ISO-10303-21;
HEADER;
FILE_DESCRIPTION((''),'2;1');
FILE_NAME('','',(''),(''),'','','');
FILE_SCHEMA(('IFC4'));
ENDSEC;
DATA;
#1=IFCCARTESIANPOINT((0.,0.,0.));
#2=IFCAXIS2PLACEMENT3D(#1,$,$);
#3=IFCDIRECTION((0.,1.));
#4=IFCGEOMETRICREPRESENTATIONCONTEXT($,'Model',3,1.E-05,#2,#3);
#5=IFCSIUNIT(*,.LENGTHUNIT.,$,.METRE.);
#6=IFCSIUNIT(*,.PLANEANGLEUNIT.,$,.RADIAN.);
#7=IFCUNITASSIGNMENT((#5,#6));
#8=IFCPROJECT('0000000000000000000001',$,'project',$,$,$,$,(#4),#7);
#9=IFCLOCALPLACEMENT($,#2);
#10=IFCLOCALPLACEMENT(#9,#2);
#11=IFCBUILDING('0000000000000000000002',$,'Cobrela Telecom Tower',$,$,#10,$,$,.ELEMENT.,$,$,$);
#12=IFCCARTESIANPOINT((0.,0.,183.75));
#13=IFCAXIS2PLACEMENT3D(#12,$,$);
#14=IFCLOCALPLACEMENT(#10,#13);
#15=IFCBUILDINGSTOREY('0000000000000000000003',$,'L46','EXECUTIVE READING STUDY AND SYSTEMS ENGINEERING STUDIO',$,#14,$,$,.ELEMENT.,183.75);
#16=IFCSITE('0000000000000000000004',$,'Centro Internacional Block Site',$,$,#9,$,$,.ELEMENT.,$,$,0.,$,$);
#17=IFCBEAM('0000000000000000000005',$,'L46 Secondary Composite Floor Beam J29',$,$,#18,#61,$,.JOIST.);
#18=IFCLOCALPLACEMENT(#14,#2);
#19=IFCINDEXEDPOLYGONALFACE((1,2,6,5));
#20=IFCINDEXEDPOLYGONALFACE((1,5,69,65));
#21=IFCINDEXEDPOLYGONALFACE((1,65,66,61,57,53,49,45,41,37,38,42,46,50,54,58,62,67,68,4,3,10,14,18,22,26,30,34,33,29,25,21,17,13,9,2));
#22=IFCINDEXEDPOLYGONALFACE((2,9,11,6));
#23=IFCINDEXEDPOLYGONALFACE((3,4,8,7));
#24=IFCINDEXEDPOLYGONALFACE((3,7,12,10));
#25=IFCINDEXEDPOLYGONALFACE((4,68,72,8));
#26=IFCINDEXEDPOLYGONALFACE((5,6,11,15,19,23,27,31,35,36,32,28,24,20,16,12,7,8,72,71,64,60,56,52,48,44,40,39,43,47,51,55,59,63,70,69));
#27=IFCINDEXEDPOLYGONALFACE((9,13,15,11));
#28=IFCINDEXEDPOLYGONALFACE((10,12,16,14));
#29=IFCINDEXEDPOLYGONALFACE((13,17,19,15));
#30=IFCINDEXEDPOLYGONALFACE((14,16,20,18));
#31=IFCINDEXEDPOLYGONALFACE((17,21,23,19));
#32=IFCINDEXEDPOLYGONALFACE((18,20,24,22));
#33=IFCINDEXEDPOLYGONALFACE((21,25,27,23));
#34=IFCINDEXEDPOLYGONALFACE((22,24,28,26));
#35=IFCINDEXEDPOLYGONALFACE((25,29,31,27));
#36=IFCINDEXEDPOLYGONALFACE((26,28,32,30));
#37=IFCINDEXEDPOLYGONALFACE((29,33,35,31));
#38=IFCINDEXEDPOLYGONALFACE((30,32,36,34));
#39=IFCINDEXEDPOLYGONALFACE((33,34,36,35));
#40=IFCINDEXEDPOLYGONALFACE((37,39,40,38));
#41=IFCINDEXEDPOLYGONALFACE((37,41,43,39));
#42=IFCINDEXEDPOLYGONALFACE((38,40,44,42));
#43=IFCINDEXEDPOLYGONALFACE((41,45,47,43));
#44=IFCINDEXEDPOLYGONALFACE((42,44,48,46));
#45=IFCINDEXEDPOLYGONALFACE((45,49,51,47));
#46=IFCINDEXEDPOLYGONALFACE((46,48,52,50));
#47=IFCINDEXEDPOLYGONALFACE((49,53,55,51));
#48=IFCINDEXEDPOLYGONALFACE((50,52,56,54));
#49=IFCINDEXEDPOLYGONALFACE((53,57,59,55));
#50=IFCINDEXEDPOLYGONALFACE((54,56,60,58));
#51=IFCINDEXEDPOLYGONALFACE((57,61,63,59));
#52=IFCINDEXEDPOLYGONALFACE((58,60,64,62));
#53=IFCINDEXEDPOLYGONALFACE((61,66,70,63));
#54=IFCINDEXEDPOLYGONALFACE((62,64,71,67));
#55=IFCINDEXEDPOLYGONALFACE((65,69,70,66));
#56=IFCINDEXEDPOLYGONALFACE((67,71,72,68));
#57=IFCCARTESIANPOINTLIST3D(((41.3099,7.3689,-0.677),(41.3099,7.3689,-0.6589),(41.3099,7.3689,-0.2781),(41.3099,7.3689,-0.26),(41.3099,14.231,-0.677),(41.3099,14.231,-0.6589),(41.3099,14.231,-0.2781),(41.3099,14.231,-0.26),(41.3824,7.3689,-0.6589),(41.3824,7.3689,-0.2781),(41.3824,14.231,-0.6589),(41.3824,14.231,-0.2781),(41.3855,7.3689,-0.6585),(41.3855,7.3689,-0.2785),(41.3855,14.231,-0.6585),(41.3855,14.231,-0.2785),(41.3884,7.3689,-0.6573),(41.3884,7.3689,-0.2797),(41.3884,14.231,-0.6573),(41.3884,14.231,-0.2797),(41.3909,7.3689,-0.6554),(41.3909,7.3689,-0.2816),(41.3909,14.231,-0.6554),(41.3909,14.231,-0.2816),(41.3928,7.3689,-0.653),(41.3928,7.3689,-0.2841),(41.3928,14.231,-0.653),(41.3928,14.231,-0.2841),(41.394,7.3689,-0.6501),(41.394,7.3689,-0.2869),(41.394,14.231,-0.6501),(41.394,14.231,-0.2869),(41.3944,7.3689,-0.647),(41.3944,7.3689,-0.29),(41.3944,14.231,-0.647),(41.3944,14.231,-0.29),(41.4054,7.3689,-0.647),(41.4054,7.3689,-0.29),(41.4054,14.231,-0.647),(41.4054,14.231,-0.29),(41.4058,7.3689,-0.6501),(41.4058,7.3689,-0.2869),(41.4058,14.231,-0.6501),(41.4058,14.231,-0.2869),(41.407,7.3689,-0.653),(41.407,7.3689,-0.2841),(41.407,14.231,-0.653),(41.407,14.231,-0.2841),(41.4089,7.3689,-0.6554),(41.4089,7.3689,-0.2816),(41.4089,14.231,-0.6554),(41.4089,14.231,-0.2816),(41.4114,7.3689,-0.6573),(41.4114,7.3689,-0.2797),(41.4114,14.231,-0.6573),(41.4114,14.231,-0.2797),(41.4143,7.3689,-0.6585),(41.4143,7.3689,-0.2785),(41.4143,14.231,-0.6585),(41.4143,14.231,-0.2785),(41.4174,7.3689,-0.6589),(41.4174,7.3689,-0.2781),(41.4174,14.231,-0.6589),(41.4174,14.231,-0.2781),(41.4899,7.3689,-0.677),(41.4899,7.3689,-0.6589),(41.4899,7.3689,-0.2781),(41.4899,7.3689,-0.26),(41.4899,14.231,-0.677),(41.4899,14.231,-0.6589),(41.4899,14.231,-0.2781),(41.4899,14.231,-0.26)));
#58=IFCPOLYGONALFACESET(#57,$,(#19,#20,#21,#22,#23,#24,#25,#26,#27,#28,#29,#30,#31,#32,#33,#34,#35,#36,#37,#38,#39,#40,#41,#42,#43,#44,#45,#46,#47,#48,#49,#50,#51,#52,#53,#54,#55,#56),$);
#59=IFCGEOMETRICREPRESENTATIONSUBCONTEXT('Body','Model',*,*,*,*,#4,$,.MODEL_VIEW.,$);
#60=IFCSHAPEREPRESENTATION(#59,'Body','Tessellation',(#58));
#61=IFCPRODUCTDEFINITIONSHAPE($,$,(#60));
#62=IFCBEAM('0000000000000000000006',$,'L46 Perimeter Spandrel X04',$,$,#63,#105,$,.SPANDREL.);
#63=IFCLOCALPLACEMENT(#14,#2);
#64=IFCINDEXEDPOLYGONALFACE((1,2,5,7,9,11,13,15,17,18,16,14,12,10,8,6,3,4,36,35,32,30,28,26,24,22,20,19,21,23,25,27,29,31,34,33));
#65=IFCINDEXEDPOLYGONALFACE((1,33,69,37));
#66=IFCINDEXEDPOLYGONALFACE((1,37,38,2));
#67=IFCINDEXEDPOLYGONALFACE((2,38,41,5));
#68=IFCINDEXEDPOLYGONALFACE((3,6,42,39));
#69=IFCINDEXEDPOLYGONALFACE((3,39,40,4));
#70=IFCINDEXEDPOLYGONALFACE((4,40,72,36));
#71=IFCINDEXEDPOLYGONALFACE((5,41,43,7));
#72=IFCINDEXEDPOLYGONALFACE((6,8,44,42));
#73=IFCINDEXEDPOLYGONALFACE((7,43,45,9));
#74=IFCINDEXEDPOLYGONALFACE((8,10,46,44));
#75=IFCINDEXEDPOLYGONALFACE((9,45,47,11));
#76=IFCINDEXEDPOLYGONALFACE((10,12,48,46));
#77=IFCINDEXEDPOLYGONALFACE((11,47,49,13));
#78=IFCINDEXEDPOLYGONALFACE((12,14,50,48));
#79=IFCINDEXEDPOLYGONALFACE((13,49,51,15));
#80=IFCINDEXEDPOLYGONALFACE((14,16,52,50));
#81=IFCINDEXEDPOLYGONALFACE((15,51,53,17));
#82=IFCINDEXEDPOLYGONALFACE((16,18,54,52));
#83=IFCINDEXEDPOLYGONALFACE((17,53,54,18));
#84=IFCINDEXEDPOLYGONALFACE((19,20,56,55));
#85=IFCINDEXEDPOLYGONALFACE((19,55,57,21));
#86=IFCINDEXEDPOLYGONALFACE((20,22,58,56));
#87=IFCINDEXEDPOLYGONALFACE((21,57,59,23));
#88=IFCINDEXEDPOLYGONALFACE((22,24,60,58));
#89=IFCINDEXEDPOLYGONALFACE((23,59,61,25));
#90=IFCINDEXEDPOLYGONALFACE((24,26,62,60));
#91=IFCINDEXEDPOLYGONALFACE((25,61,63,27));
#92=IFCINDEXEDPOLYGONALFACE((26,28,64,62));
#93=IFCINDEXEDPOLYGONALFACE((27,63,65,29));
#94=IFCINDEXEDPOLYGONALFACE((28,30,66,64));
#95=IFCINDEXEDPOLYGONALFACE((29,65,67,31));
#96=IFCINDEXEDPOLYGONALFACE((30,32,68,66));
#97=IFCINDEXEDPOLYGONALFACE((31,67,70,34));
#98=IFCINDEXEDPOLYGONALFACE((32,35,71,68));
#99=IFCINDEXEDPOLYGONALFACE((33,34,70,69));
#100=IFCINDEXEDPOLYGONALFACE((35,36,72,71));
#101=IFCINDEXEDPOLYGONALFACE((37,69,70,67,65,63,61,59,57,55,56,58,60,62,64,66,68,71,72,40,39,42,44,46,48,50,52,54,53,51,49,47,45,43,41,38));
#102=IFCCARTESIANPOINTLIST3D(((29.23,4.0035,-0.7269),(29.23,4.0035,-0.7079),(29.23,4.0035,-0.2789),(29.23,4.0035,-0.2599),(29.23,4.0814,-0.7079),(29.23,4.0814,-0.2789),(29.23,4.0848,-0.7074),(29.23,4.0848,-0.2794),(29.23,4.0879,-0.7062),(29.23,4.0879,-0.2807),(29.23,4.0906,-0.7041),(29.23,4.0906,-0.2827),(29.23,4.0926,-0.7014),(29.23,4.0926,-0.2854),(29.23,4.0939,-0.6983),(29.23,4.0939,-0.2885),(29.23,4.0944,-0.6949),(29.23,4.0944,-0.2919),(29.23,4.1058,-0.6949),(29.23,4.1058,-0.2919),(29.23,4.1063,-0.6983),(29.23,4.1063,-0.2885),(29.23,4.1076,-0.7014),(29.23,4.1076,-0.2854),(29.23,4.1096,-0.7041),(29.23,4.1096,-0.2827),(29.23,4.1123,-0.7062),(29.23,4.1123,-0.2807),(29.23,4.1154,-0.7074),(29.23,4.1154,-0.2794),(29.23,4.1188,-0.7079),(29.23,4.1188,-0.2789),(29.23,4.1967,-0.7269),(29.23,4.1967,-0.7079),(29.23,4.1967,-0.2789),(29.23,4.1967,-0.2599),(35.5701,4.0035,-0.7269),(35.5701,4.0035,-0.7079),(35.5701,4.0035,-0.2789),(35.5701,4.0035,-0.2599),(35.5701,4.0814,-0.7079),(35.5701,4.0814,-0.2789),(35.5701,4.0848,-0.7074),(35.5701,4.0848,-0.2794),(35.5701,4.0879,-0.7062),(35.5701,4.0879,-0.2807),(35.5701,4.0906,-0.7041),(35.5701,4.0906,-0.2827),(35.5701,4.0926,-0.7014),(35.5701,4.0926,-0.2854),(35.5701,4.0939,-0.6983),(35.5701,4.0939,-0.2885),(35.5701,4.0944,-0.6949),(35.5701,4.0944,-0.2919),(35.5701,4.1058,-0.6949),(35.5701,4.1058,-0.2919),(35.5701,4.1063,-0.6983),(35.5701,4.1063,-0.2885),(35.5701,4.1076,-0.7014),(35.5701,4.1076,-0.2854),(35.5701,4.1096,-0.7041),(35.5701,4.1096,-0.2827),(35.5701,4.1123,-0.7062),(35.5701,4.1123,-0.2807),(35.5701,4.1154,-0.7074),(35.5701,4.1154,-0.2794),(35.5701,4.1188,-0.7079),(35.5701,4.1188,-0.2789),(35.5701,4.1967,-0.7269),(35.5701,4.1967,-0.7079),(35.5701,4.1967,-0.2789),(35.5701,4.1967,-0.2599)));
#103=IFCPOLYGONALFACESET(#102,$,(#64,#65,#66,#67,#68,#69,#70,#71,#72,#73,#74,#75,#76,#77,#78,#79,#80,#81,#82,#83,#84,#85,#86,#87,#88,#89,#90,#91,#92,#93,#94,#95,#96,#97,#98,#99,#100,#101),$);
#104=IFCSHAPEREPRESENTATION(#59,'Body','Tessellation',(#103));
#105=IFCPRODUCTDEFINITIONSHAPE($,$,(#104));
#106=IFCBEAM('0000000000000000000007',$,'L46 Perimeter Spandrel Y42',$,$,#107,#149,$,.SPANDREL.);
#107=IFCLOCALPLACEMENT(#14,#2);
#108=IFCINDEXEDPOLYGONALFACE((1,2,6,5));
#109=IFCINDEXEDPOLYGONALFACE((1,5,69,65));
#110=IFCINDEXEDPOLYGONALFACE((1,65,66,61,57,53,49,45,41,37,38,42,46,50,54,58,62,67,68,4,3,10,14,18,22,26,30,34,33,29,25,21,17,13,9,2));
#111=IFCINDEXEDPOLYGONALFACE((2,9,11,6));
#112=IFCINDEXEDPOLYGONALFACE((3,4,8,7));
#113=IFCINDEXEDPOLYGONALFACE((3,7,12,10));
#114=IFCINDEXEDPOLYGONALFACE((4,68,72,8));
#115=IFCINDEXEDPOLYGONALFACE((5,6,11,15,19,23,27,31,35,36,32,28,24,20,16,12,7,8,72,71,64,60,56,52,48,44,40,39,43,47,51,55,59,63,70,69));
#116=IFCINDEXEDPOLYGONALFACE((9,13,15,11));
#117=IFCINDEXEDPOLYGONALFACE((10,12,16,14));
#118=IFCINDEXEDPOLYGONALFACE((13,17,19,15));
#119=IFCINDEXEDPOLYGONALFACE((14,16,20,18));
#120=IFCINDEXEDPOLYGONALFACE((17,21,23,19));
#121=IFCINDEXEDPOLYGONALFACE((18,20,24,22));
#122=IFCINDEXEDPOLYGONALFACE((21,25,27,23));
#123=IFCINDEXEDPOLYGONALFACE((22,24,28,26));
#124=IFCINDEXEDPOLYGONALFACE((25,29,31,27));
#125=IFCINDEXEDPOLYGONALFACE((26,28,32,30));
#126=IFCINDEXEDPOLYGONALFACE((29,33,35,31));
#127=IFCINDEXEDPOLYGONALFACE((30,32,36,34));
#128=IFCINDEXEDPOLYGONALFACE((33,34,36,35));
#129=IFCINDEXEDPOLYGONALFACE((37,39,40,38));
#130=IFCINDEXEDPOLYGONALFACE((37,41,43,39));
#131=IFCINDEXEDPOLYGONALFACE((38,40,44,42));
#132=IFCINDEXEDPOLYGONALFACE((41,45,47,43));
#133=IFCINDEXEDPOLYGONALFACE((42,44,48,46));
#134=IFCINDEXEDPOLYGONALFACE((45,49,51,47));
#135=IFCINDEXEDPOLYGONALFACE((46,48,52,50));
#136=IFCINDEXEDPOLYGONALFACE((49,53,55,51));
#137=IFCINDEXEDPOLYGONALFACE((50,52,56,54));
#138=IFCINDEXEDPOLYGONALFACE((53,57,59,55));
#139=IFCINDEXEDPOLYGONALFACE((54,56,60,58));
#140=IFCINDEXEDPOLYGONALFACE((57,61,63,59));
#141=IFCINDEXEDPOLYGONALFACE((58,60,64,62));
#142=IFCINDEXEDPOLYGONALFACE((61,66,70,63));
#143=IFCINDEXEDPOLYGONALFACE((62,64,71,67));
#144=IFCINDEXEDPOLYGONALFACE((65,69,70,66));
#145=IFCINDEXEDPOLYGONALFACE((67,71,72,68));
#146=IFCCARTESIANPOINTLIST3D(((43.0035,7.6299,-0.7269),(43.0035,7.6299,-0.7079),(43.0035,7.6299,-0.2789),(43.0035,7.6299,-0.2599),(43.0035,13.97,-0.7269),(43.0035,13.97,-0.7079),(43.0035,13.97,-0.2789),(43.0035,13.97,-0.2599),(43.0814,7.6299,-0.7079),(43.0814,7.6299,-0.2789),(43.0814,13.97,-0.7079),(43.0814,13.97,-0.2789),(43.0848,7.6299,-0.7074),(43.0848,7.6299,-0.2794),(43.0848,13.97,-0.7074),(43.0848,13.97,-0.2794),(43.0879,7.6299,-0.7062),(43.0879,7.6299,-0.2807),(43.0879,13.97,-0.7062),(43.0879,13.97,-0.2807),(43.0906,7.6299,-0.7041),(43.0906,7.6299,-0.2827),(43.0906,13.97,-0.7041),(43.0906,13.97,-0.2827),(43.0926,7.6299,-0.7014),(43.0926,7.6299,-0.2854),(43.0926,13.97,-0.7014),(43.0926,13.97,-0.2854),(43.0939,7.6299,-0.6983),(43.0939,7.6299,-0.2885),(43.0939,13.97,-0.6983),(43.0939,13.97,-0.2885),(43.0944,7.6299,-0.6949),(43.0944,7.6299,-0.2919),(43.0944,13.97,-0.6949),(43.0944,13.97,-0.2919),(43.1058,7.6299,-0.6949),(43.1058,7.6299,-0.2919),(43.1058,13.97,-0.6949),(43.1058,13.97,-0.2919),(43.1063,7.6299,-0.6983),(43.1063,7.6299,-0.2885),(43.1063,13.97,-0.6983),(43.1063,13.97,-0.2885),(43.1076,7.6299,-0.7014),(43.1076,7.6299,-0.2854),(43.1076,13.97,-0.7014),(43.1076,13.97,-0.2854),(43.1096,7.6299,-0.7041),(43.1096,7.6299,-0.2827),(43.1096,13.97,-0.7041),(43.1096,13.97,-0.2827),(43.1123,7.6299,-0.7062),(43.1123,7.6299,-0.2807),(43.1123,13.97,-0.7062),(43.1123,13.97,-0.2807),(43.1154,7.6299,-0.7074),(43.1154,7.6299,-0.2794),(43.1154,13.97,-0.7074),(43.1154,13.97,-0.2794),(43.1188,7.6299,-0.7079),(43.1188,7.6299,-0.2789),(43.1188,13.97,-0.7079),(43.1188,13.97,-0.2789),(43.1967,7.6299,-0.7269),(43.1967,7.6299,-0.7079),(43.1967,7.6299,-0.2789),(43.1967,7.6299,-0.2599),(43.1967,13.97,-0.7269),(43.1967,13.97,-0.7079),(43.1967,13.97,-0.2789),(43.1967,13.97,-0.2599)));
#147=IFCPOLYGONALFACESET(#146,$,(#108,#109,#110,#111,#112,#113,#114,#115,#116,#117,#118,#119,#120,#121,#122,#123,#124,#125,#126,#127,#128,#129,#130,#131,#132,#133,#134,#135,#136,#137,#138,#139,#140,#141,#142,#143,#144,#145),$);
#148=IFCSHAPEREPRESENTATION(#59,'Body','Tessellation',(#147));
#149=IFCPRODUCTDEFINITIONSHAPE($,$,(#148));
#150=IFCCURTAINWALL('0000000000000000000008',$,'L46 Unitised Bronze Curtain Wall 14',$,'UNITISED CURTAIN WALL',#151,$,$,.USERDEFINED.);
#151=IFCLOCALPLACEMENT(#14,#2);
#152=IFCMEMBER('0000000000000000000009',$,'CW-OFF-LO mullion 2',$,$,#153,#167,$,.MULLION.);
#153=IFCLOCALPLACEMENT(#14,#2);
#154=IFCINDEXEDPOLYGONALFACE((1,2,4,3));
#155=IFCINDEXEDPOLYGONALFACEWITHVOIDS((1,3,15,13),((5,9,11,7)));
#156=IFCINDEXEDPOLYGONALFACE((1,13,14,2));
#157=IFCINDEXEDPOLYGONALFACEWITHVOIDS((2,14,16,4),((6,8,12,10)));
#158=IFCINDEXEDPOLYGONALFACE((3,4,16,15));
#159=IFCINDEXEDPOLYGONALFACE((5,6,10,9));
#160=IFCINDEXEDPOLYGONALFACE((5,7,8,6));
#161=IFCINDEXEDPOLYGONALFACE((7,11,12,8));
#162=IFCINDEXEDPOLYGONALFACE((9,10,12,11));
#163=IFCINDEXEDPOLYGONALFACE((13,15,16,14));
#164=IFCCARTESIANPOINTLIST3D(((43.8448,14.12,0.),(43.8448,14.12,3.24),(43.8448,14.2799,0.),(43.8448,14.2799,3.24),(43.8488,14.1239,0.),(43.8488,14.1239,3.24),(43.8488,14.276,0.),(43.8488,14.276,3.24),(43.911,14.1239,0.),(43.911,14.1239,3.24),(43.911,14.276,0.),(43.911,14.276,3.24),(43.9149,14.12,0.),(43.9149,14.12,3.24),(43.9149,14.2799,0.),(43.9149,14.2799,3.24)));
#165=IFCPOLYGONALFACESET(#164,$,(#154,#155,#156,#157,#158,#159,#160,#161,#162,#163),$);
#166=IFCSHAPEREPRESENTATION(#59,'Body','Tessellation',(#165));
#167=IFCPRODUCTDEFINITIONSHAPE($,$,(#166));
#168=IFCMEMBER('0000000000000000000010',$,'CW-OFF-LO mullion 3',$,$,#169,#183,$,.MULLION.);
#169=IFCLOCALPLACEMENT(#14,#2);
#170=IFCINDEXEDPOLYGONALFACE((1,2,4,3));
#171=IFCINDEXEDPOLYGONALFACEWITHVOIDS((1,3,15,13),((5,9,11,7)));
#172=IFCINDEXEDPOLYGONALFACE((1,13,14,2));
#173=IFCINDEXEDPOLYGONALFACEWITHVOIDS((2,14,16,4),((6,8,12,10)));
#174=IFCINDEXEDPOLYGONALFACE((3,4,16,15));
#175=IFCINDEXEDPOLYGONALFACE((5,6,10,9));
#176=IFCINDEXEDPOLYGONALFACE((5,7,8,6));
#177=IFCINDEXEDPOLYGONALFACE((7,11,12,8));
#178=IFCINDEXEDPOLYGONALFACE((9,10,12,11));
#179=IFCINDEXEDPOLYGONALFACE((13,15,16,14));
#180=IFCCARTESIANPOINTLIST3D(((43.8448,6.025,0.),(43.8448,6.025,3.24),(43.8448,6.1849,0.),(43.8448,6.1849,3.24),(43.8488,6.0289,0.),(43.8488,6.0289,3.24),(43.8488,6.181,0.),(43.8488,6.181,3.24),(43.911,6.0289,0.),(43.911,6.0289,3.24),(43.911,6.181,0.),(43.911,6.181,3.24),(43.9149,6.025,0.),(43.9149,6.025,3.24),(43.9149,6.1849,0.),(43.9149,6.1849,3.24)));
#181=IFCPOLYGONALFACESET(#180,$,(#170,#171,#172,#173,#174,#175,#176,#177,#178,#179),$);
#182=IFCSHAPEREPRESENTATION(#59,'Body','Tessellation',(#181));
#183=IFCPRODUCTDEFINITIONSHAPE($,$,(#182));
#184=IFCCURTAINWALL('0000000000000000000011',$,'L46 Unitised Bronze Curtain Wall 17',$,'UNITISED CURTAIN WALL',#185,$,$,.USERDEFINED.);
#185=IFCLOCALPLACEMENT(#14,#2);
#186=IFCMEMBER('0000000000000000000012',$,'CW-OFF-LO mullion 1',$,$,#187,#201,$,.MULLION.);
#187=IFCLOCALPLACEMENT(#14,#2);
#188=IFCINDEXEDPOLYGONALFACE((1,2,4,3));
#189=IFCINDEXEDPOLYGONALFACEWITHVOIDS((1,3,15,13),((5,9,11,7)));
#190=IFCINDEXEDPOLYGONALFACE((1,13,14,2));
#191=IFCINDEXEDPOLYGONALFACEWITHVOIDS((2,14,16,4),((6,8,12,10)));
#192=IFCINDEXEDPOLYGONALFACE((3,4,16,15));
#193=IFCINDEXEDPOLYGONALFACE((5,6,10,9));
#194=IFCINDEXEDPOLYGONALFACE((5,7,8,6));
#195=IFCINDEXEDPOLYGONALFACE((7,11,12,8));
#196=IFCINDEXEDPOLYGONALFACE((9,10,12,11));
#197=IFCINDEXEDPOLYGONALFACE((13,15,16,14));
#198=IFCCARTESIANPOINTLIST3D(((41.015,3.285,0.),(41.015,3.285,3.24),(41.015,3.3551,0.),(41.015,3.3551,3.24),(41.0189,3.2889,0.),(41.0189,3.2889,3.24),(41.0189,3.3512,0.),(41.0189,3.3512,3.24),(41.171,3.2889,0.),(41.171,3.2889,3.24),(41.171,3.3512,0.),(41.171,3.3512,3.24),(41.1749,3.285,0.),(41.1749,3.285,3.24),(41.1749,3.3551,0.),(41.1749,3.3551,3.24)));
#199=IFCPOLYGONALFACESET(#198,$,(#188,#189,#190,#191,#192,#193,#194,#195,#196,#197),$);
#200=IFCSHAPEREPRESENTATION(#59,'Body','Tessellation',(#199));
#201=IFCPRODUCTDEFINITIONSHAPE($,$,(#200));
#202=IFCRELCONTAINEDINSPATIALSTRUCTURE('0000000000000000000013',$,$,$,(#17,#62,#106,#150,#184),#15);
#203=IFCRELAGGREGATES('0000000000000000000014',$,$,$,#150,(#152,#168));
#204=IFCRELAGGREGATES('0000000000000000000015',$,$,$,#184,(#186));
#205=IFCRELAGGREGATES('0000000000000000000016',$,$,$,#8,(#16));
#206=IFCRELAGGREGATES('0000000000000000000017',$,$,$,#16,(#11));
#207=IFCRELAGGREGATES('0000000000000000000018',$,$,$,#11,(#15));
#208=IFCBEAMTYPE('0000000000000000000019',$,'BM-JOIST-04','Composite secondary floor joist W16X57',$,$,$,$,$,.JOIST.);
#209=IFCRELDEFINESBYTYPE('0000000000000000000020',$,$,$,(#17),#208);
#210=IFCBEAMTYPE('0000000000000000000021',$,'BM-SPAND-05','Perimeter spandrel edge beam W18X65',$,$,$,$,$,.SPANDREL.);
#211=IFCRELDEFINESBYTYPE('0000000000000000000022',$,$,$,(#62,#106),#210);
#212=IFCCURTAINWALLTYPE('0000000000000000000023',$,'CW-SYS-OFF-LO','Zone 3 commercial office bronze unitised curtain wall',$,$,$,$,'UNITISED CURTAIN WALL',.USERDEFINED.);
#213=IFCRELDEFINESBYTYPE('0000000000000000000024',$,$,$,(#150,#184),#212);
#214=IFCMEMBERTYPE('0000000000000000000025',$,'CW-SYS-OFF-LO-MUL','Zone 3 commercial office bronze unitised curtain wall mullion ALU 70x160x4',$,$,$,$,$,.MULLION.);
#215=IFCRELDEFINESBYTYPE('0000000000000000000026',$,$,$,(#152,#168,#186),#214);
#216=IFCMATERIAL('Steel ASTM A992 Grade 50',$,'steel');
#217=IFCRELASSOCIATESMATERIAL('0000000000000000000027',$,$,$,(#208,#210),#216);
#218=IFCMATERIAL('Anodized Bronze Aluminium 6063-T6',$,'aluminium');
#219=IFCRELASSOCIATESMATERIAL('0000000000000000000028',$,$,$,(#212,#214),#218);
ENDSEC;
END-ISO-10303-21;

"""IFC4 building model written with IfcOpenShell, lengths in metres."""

from ifc_helpers import new_model, si_unit, direction, frame, origin, origin_2d, place, context, subcontext, project, spatial, hollow_rectangle, i_section, extrude, material, material_profile, profile_set, type_object, element, aggregate, save


model = new_model("IFC4")

# Units and contexts
model_context = context("Model", 3, precision=1e-05, world=origin(), true_north=direction((0.0, 1.0)))
body_context = subcontext(model_context, "Body", "Model", "MODEL_VIEW")
ifc_project = project(units=[si_unit("LENGTHUNIT", "METRE"), si_unit("PLANEANGLEUNIT", "RADIAN")], contexts=[model_context])

# Site, building, storey
site_placement = place(None, origin())
site = spatial("IfcSite", under=ifc_project, at=site_placement, Name="Centro Internacional Block Site", CompositionType="ELEMENT", RefElevation=0.0)
building_placement = place(site_placement, origin())
building = spatial("IfcBuilding", under=site, at=building_placement, Name="Cobrela Telecom Tower", CompositionType="ELEMENT")
storey_placement = place(building_placement, frame((0.0, 0.0, 183.75)))
storey = spatial("IfcBuildingStorey", under=building, at=storey_placement, Name="L46", Description="EXECUTIVE READING STUDY AND SYSTEMS ENGINEERING STUDIO", CompositionType="ELEMENT", Elevation=183.75)

# Shared definitions
ifc_material_1 = material(Name="Steel ASTM A992 Grade 50", Category="steel")

# Beams
ifc_material_profile_1 = material_profile(ifc_material_1, i_section(OverallWidth=0.1799, OverallDepth=0.417, WebThickness=0.011, FlangeThickness=0.0181, FilletRadius=0.012, at=origin_2d()), Name="W16X57")
ifc_profile_set_1 = profile_set([ifc_material_profile_1], Name="Steel ASTM A992 Grade 50")
beam_type_1 = type_object("IfcBeamType", Name="BM-JOIST-04", Description="Composite secondary floor joist W16X57", PredefinedType="JOIST", material=ifc_profile_set_1)
for number, where, z_axis, x_axis, name in (
    (1, (41.3999, 7.3689, -0.4685), (0.0, 1.0, 0.0), (-1.0, 0.0, 0.0), "L46 Secondary Composite Floor Beam J29"),
):
    element("IfcBeam", number, at=place(storey_placement, frame(where, z_axis=z_axis, x_axis=x_axis)), inside=storey, type_object=beam_type_1, Name=name, PredefinedType="JOIST", context=body_context, shape_type="SweptSolid", body=[
        extrude(i_section(OverallWidth=0.1799, OverallDepth=0.417, WebThickness=0.011, FlangeThickness=0.0181, FilletRadius=0.012, at=origin_2d()), origin(), (0.0, 0.0, 1.0), 6.8621),
    ])
ifc_material_profile_2 = material_profile(ifc_material_1, i_section(OverallWidth=0.1931, OverallDepth=0.467, WebThickness=0.0115, FlangeThickness=0.019, FilletRadius=0.0129, at=origin_2d()), Name="W18X65")
ifc_profile_set_2 = profile_set([ifc_material_profile_2], Name="Steel ASTM A992 Grade 50")
beam_type_2 = type_object("IfcBeamType", Name="BM-SPAND-05", Description="Perimeter spandrel edge beam W18X65", PredefinedType="SPANDREL", material=ifc_profile_set_2)
for number, where, z_axis, x_axis, name in (
    (2, (29.23, 4.1001, -0.4934), (1.0, 0.0, 0.0), (0.0, 1.0, 0.0), "L46 Perimeter Spandrel X04"),
    (3, (43.1001, 7.6299, -0.4934), (0.0, 1.0, 0.0), (-1.0, 0.0, 0.0), "L46 Perimeter Spandrel Y42"),
):
    element("IfcBeam", number, at=place(storey_placement, frame(where, z_axis=z_axis, x_axis=x_axis)), inside=storey, type_object=beam_type_2, Name=name, PredefinedType="SPANDREL", context=body_context, shape_type="SweptSolid", body=[
        extrude(i_section(OverallWidth=0.1931, OverallDepth=0.467, WebThickness=0.0115, FlangeThickness=0.019, FilletRadius=0.0129, at=origin_2d()), origin(), (0.0, 0.0, 1.0), 6.3401),
    ])

# Curtain walls, members
ifc_material_2 = material(Name="Anodized Bronze Aluminium 6063-T6", Category="aluminium")
curtain_wall_type = type_object("IfcCurtainWallType", Name="CW-SYS-OFF-LO", Description="Zone 3 commercial office bronze unitised curtain wall", ElementType="UNITISED CURTAIN WALL", PredefinedType="USERDEFINED", material=ifc_material_2)
curtain_wall_1_placement = place(storey_placement, origin())
curtain_wall_1 = element("IfcCurtainWall", 4, at=curtain_wall_1_placement, inside=storey, type_object=curtain_wall_type, Name="L46 Unitised Bronze Curtain Wall 14", ObjectType="UNITISED CURTAIN WALL", PredefinedType="USERDEFINED")
ifc_material_profile_3 = material_profile(ifc_material_2, hollow_rectangle(XDim=0.0701, YDim=0.1599, WallThickness=0.0039, at=origin_2d()), Name="ALU 70x160x4")
ifc_profile_set_3 = profile_set([ifc_material_profile_3], Name="Anodized Bronze Aluminium 6063-T6")
member_type_1 = type_object("IfcMemberType", Name="CW-SYS-OFF-LO-MUL", Description="Zone 3 commercial office bronze unitised curtain wall mullion ALU 70x160x4", PredefinedType="MULLION", material=ifc_profile_set_3)
member_1_placement = place(storey_placement, frame((43.8799, 14.2, 0.0), z_axis=(0.0, 0.0, 1.0), x_axis=(1.0, 0.0, 0.0)))
member_1 = element("IfcMember", 5, at=member_1_placement, type_object=member_type_1, Name="CW-OFF-LO mullion 2", PredefinedType="MULLION", context=body_context, shape_type="SweptSolid", body=[
    extrude(hollow_rectangle(XDim=0.0701, YDim=0.1599, WallThickness=0.0039, at=origin_2d()), origin(), (0.0, 0.0, 1.0), 3.24),
])
member_2_placement = place(storey_placement, frame((43.8799, 6.105, 0.0), z_axis=(0.0, 0.0, 1.0), x_axis=(1.0, 0.0, 0.0)))
member_2 = element("IfcMember", 6, at=member_2_placement, type_object=member_type_1, Name="CW-OFF-LO mullion 3", PredefinedType="MULLION", context=body_context, shape_type="SweptSolid", body=[
    extrude(hollow_rectangle(XDim=0.0701, YDim=0.1599, WallThickness=0.0039, at=origin_2d()), origin(), (0.0, 0.0, 1.0), 3.24),
])
curtain_wall_2_placement = place(storey_placement, origin())
curtain_wall_2 = element("IfcCurtainWall", 7, at=curtain_wall_2_placement, inside=storey, type_object=curtain_wall_type, Name="L46 Unitised Bronze Curtain Wall 17", ObjectType="UNITISED CURTAIN WALL", PredefinedType="USERDEFINED")
member_3_placement = place(storey_placement, frame((41.095, 3.3201, 0.0), z_axis=(0.0, 0.0, 1.0), x_axis=(0.0, -1.0, 0.0)))
member_3 = element("IfcMember", 8, at=member_3_placement, type_object=member_type_1, Name="CW-OFF-LO mullion 1", PredefinedType="MULLION", context=body_context, shape_type="SweptSolid", body=[
    extrude(hollow_rectangle(XDim=0.0701, YDim=0.1599, WallThickness=0.0039, at=origin_2d()), origin(), (0.0, 0.0, 1.0), 3.24),
])

aggregate(curtain_wall_1, [member_1, member_2])
aggregate(curtain_wall_2, [member_3])

save(model, "model.ifc")
